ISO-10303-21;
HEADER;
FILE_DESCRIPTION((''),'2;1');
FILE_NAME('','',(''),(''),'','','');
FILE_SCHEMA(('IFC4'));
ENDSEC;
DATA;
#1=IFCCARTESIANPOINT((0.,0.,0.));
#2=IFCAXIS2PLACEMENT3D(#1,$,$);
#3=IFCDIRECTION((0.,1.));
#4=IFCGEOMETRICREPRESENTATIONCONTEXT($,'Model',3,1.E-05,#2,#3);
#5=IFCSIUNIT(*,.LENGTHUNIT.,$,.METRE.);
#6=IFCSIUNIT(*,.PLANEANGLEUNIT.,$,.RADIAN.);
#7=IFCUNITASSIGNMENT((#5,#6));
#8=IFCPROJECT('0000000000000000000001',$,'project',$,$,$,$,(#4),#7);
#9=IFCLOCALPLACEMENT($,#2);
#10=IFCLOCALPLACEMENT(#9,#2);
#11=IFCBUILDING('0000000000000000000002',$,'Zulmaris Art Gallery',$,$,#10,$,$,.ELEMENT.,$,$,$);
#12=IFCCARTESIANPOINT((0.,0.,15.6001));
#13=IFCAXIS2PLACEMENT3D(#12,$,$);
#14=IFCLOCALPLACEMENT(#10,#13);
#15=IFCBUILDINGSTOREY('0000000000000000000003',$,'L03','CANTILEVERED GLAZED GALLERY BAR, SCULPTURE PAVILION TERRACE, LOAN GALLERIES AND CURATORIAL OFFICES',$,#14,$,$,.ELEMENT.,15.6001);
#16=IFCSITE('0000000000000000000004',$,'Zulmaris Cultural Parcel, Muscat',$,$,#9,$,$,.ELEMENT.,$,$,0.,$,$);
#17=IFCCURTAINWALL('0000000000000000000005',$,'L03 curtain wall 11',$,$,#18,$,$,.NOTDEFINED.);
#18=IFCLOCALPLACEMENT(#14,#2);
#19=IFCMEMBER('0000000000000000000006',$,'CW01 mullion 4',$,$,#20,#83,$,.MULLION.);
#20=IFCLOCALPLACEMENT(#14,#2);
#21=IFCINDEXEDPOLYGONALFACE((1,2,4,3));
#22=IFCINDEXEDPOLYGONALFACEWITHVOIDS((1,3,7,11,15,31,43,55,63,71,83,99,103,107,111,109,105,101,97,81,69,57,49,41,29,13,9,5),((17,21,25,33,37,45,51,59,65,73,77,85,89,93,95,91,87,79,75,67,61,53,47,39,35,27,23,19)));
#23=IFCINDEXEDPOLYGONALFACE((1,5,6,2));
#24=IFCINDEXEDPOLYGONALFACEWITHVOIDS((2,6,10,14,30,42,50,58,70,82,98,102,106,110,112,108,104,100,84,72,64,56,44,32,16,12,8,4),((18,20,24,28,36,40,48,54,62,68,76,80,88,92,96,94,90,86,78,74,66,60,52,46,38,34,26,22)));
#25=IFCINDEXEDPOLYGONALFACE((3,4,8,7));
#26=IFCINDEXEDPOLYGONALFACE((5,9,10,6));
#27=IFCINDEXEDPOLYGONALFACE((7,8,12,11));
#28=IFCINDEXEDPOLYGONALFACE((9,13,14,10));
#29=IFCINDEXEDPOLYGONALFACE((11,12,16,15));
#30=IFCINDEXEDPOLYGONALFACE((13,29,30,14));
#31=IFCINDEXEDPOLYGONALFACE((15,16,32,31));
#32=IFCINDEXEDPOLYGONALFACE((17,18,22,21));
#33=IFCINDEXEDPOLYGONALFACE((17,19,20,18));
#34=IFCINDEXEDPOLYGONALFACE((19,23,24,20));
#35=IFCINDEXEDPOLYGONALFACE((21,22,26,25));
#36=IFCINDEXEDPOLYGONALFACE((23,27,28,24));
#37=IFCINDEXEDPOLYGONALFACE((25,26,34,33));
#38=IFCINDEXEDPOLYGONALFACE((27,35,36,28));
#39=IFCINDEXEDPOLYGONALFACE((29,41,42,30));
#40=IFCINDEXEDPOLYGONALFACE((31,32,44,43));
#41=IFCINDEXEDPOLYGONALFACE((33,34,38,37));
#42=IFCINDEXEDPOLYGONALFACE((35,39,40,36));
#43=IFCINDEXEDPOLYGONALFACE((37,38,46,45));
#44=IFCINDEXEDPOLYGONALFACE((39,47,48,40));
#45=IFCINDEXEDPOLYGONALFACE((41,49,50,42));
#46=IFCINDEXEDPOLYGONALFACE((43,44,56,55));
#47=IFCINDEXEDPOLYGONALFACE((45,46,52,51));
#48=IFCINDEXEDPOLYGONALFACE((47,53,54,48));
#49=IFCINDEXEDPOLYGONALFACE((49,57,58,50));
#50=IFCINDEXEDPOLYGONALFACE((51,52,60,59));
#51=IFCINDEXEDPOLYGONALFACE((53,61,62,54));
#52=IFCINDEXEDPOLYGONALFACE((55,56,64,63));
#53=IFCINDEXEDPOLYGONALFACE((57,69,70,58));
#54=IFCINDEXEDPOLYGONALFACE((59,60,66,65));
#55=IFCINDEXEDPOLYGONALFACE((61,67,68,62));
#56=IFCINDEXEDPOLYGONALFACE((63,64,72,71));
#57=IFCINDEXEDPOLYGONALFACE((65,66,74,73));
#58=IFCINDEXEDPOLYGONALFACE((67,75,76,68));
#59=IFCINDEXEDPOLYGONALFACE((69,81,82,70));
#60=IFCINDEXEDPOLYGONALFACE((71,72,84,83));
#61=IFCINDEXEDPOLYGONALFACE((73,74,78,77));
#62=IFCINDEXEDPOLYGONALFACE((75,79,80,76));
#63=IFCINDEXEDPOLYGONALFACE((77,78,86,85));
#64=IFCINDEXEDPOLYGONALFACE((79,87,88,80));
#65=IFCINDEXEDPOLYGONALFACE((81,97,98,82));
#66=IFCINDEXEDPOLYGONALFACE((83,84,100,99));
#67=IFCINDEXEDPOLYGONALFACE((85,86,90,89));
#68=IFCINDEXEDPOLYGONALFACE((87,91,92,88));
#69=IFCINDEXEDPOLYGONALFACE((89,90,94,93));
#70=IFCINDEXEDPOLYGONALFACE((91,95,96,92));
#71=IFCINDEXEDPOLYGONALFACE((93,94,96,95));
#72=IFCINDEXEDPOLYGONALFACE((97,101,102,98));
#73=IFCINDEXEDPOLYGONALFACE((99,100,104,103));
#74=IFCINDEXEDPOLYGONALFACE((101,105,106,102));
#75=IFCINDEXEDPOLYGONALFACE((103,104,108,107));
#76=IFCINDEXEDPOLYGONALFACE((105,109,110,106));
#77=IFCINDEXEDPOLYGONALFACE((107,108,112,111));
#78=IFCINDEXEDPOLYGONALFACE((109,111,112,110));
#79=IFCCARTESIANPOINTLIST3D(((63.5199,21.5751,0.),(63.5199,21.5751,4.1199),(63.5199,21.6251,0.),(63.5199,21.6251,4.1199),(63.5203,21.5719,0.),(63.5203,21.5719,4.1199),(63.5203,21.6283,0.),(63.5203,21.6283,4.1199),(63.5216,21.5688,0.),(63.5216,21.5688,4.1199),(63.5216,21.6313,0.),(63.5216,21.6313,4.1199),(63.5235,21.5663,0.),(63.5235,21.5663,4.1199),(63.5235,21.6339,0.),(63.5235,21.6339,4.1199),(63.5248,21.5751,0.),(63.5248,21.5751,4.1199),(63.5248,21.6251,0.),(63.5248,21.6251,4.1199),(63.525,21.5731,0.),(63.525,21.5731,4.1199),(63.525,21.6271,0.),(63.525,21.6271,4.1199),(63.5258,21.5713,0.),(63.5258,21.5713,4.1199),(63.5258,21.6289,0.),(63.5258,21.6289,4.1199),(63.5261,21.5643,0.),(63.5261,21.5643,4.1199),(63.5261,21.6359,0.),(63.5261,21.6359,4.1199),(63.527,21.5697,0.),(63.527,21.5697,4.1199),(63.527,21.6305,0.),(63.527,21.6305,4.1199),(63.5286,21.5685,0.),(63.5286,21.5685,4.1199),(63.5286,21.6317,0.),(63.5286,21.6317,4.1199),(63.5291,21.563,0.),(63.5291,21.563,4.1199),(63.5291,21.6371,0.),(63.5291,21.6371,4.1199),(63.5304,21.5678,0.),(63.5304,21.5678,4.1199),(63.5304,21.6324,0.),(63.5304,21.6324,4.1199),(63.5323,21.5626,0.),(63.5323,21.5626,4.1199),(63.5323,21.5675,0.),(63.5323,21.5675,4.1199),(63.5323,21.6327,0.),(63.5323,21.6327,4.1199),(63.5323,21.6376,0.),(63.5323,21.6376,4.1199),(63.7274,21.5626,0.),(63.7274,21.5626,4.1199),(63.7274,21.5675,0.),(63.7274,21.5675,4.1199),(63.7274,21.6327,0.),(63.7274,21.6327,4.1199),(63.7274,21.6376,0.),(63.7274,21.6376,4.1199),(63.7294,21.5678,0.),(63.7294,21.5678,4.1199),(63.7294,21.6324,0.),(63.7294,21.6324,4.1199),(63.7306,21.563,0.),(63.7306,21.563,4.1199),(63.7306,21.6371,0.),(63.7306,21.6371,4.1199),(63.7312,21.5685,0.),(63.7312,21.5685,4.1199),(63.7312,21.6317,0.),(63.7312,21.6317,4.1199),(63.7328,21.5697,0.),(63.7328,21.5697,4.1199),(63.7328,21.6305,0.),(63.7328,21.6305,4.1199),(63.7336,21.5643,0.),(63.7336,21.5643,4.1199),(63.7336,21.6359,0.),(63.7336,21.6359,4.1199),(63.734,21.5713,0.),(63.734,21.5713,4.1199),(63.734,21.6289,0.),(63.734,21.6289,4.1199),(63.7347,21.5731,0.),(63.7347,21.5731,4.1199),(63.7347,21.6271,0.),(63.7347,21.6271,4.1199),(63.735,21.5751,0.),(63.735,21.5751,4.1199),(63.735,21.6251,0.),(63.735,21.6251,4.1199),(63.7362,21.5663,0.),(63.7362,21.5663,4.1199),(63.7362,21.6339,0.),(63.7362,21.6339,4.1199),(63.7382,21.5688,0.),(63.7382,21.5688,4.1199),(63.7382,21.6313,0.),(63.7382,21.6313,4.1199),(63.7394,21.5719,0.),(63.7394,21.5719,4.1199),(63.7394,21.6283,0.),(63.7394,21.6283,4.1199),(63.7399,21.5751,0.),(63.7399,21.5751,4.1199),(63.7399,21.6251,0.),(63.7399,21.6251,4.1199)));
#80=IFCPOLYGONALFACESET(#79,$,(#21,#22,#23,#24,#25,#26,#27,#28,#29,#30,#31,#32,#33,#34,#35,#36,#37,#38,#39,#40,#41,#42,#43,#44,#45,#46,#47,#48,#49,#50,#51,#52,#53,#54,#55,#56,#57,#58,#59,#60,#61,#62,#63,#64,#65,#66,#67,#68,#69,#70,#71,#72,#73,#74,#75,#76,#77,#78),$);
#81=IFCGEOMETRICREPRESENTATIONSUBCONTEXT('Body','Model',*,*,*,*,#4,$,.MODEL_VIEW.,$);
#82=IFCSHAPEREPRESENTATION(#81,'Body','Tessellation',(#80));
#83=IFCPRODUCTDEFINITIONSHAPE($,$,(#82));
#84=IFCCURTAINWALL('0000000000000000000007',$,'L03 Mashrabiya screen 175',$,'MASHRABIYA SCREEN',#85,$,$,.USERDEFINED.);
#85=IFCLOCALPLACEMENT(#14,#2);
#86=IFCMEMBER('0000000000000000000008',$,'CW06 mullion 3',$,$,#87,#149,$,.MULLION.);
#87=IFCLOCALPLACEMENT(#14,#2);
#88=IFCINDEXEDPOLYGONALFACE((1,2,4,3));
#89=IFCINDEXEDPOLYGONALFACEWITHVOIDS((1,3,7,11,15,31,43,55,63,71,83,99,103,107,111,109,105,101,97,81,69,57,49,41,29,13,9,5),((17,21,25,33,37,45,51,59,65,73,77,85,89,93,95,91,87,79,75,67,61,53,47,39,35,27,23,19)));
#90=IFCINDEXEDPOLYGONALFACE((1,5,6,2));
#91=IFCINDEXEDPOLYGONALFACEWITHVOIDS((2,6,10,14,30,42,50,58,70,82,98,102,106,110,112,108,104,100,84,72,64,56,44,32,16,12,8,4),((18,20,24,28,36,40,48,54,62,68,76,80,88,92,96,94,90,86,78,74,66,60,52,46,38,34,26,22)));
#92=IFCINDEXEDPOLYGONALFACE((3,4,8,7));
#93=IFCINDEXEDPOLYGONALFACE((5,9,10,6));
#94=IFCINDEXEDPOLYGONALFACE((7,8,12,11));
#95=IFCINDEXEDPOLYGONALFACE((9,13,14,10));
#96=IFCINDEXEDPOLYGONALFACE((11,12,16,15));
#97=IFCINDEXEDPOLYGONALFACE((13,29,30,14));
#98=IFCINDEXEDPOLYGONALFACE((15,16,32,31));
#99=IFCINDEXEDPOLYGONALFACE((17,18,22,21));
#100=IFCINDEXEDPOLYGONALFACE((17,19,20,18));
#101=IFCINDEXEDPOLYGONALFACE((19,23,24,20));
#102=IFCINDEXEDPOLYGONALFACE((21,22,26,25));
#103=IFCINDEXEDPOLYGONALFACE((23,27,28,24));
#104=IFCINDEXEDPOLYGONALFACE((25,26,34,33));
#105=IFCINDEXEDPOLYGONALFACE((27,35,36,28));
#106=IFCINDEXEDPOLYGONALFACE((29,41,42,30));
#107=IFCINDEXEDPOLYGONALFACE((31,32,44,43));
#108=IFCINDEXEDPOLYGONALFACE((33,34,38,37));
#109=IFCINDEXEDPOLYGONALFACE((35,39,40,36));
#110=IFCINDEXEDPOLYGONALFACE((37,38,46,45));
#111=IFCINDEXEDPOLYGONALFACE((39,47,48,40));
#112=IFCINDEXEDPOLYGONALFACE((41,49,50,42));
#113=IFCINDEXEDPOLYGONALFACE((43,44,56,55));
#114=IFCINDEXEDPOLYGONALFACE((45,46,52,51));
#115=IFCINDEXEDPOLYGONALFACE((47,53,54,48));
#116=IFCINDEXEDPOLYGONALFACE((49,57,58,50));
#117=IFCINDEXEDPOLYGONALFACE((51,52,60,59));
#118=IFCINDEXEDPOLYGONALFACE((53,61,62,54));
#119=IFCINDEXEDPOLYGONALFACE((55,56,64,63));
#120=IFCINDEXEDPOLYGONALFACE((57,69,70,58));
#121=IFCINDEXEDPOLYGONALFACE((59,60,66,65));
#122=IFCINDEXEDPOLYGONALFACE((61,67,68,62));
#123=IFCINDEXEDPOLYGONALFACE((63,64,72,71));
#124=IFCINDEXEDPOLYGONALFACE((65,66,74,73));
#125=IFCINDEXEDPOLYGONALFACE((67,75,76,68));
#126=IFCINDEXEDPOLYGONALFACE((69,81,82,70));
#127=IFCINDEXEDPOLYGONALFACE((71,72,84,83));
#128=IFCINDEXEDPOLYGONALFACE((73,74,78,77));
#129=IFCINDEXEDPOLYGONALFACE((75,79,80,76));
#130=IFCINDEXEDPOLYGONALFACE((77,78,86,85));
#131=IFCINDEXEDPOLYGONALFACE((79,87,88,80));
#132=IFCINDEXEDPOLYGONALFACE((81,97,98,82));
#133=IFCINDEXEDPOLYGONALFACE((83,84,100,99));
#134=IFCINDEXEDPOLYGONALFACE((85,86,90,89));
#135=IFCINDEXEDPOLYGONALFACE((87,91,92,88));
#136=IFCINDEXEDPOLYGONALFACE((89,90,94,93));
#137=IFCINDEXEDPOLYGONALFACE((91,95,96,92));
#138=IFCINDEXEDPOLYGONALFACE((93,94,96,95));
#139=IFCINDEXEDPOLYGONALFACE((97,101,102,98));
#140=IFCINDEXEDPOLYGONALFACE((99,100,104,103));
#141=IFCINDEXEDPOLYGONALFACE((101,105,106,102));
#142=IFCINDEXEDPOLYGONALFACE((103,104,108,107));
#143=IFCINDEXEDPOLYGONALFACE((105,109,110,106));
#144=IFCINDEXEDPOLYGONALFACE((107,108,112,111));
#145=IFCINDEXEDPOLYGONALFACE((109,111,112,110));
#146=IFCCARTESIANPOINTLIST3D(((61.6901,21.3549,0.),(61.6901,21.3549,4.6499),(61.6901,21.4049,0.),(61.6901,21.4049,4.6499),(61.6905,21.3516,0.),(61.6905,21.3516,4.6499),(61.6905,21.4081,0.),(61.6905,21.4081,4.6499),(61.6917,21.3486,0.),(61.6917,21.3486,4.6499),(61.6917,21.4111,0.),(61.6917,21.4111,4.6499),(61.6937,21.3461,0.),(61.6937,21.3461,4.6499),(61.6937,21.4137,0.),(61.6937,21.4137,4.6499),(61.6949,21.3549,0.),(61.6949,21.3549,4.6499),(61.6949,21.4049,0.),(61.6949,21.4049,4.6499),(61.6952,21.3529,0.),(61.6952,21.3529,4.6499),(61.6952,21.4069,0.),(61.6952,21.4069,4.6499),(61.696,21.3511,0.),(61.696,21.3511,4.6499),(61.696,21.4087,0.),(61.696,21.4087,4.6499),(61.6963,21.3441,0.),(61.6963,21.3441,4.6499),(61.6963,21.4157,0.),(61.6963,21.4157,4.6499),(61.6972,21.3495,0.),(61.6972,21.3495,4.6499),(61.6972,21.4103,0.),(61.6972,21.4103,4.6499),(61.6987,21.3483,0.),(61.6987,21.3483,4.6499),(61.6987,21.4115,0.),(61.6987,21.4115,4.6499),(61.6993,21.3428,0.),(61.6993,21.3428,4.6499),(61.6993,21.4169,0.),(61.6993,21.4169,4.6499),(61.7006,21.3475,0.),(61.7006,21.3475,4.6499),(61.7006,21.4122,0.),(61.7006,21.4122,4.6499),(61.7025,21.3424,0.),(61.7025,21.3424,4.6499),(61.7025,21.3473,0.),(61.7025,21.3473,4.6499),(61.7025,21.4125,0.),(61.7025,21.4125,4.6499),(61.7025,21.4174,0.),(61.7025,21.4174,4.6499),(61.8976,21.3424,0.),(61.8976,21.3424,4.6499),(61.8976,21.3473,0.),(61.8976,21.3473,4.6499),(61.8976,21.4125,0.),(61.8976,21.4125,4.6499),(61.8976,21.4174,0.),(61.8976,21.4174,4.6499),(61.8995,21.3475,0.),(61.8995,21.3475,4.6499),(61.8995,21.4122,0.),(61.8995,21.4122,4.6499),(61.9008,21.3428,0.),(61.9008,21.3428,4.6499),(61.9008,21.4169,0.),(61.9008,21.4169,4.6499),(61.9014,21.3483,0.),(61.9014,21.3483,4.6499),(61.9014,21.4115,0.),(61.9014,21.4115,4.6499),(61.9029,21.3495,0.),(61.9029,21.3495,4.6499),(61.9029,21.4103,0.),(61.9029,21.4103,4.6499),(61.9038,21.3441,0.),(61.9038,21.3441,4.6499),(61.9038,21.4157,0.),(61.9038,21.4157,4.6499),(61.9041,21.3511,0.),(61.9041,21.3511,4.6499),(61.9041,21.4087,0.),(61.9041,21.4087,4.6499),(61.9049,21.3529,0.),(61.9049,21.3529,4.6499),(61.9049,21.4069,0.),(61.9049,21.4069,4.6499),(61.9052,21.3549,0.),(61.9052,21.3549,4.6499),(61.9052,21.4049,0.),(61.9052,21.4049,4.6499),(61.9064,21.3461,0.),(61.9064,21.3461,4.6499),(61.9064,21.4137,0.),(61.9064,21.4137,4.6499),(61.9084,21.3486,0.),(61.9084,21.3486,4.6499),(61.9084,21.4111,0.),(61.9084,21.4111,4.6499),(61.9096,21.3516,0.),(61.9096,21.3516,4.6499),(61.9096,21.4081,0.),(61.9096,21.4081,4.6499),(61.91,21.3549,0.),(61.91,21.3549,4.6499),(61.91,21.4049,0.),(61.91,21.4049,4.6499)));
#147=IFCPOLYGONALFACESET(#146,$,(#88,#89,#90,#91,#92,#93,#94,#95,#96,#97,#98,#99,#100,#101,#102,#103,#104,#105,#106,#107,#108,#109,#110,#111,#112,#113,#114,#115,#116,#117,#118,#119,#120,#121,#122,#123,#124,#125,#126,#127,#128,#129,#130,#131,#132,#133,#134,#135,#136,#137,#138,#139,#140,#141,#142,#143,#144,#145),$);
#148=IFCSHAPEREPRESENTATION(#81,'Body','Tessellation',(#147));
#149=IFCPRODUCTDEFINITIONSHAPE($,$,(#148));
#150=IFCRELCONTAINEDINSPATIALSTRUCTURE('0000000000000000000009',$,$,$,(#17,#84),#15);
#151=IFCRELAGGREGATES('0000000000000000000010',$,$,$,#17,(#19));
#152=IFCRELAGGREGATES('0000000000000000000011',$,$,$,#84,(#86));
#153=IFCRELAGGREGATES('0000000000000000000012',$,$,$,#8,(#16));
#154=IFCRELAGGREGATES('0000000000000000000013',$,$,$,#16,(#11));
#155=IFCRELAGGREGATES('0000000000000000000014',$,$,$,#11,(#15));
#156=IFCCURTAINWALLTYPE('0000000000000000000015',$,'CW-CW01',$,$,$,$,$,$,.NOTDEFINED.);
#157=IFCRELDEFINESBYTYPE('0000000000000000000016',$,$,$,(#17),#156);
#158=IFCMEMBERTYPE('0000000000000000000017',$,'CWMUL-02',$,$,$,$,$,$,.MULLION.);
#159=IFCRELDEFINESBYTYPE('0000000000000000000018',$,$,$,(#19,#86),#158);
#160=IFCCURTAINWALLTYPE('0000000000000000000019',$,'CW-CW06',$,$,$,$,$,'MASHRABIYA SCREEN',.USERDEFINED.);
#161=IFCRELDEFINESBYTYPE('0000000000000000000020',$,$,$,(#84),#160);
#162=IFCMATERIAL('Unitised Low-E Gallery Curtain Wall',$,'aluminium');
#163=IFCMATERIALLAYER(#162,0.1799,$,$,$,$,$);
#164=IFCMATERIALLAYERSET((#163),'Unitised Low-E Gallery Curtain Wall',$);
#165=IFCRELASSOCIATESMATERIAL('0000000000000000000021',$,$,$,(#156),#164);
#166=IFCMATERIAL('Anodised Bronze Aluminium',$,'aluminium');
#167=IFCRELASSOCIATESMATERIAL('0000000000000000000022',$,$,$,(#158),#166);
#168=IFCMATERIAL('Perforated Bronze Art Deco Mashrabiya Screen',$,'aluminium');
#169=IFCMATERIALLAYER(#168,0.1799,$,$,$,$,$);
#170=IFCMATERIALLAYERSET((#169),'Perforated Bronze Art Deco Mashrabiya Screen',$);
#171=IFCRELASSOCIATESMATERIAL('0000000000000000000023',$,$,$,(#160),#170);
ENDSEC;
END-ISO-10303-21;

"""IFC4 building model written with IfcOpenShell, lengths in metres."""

from ifc_helpers import new_model, si_unit, direction, frame, origin, origin_2d, place, context, subcontext, project, spatial, hollow_rectangle, extrude, material, layer, layer_set, material_profile, profile_set, type_object, element, aggregate, save


model = new_model("IFC4")

# Units and contexts
model_context = context("Model", 3, precision=1e-05, world=origin(), true_north=direction((0.0, 1.0)))
body_context = subcontext(model_context, "Body", "Model", "MODEL_VIEW")
ifc_project = project(units=[si_unit("LENGTHUNIT", "METRE"), si_unit("PLANEANGLEUNIT", "RADIAN")], contexts=[model_context])

# Site, building, storey
site_placement = place(None, origin())
site = spatial("IfcSite", under=ifc_project, at=site_placement, Name="Zulmaris Cultural Parcel, Muscat", CompositionType="ELEMENT", RefElevation=0.0)
building_placement = place(site_placement, origin())
building = spatial("IfcBuilding", under=site, at=building_placement, Name="Zulmaris Art Gallery", CompositionType="ELEMENT")
storey_placement = place(building_placement, frame((0.0, 0.0, 15.6001)))
storey = spatial("IfcBuildingStorey", under=building, at=storey_placement, Name="L03", Description="CANTILEVERED GLAZED GALLERY BAR, SCULPTURE PAVILION TERRACE, LOAN GALLERIES AND CURATORIAL OFFICES", CompositionType="ELEMENT", Elevation=15.6001)

# Curtain walls, members
ifc_material_1 = material(Name="Unitised Low-E Gallery Curtain Wall", Category="aluminium")
ifc_layer_1 = layer(ifc_material_1, 0.1799)
ifc_layer_set_1 = layer_set([ifc_layer_1], Name="Unitised Low-E Gallery Curtain Wall")
curtain_wall_type_1 = type_object("IfcCurtainWallType", Name="CW-CW01", PredefinedType="NOTDEFINED", material=ifc_layer_set_1)
curtain_wall_1_placement = place(storey_placement, origin())
curtain_wall_1 = element("IfcCurtainWall", 1, at=curtain_wall_1_placement, inside=storey, type_object=curtain_wall_type_1, Name="L03 curtain wall 11", PredefinedType="NOTDEFINED")
ifc_material_2 = material(Name="Anodised Bronze Aluminium", Category="aluminium")
ifc_material_profile_1 = material_profile(ifc_material_2, hollow_rectangle(XDim=0.075, YDim=0.22, WallThickness=0.0049, InnerFilletRadius=0.0076, OuterFilletRadius=0.0125, at=origin_2d()), Name="ALU 75x220x5")
ifc_profile_set_1 = profile_set([ifc_material_profile_1], Name="Anodised Bronze Aluminium")
member_type_1 = type_object("IfcMemberType", Name="CWMUL-02", PredefinedType="MULLION", material=ifc_profile_set_1)
member_1_placement = place(storey_placement, frame((63.6299, 21.6001, 0.0), z_axis=(0.0, 0.0, 1.0), x_axis=(0.0, 1.0, 0.0)))
member_1 = element("IfcMember", 2, at=member_1_placement, type_object=member_type_1, Name="CW01 mullion 4", PredefinedType="MULLION", context=body_context, shape_type="SweptSolid", body=[
    extrude(hollow_rectangle(XDim=0.075, YDim=0.22, WallThickness=0.0049, InnerFilletRadius=0.0076, OuterFilletRadius=0.0125, at=origin_2d()), origin(), (0.0, 0.0, 1.0), 4.1199),
])
ifc_material_3 = material(Name="Perforated Bronze Art Deco Mashrabiya Screen", Category="aluminium")
ifc_layer_2 = layer(ifc_material_3, 0.1799)
ifc_layer_set_2 = layer_set([ifc_layer_2], Name="Perforated Bronze Art Deco Mashrabiya Screen")
curtain_wall_type_2 = type_object("IfcCurtainWallType", Name="CW-CW06", ElementType="MASHRABIYA SCREEN", PredefinedType="USERDEFINED", material=ifc_layer_set_2)
curtain_wall_2_placement = place(storey_placement, origin())
curtain_wall_2 = element("IfcCurtainWall", 3, at=curtain_wall_2_placement, inside=storey, type_object=curtain_wall_type_2, Name="L03 Mashrabiya screen 175", ObjectType="MASHRABIYA SCREEN", PredefinedType="USERDEFINED")
member_2_placement = place(storey_placement, frame((61.8, 21.3799, 0.0), z_axis=(0.0, 0.0, 1.0), x_axis=(0.0, 1.0, 0.0)))
member_2 = element("IfcMember", 4, at=member_2_placement, type_object=member_type_1, Name="CW06 mullion 3", PredefinedType="MULLION", context=body_context, shape_type="SweptSolid", body=[
    extrude(hollow_rectangle(XDim=0.075, YDim=0.22, WallThickness=0.0049, InnerFilletRadius=0.0076, OuterFilletRadius=0.0125, at=origin_2d()), origin(), (0.0, 0.0, 1.0), 4.6499),
])

aggregate(curtain_wall_1, [member_1])
aggregate(curtain_wall_2, [member_2])

save(model, "model.ifc")
